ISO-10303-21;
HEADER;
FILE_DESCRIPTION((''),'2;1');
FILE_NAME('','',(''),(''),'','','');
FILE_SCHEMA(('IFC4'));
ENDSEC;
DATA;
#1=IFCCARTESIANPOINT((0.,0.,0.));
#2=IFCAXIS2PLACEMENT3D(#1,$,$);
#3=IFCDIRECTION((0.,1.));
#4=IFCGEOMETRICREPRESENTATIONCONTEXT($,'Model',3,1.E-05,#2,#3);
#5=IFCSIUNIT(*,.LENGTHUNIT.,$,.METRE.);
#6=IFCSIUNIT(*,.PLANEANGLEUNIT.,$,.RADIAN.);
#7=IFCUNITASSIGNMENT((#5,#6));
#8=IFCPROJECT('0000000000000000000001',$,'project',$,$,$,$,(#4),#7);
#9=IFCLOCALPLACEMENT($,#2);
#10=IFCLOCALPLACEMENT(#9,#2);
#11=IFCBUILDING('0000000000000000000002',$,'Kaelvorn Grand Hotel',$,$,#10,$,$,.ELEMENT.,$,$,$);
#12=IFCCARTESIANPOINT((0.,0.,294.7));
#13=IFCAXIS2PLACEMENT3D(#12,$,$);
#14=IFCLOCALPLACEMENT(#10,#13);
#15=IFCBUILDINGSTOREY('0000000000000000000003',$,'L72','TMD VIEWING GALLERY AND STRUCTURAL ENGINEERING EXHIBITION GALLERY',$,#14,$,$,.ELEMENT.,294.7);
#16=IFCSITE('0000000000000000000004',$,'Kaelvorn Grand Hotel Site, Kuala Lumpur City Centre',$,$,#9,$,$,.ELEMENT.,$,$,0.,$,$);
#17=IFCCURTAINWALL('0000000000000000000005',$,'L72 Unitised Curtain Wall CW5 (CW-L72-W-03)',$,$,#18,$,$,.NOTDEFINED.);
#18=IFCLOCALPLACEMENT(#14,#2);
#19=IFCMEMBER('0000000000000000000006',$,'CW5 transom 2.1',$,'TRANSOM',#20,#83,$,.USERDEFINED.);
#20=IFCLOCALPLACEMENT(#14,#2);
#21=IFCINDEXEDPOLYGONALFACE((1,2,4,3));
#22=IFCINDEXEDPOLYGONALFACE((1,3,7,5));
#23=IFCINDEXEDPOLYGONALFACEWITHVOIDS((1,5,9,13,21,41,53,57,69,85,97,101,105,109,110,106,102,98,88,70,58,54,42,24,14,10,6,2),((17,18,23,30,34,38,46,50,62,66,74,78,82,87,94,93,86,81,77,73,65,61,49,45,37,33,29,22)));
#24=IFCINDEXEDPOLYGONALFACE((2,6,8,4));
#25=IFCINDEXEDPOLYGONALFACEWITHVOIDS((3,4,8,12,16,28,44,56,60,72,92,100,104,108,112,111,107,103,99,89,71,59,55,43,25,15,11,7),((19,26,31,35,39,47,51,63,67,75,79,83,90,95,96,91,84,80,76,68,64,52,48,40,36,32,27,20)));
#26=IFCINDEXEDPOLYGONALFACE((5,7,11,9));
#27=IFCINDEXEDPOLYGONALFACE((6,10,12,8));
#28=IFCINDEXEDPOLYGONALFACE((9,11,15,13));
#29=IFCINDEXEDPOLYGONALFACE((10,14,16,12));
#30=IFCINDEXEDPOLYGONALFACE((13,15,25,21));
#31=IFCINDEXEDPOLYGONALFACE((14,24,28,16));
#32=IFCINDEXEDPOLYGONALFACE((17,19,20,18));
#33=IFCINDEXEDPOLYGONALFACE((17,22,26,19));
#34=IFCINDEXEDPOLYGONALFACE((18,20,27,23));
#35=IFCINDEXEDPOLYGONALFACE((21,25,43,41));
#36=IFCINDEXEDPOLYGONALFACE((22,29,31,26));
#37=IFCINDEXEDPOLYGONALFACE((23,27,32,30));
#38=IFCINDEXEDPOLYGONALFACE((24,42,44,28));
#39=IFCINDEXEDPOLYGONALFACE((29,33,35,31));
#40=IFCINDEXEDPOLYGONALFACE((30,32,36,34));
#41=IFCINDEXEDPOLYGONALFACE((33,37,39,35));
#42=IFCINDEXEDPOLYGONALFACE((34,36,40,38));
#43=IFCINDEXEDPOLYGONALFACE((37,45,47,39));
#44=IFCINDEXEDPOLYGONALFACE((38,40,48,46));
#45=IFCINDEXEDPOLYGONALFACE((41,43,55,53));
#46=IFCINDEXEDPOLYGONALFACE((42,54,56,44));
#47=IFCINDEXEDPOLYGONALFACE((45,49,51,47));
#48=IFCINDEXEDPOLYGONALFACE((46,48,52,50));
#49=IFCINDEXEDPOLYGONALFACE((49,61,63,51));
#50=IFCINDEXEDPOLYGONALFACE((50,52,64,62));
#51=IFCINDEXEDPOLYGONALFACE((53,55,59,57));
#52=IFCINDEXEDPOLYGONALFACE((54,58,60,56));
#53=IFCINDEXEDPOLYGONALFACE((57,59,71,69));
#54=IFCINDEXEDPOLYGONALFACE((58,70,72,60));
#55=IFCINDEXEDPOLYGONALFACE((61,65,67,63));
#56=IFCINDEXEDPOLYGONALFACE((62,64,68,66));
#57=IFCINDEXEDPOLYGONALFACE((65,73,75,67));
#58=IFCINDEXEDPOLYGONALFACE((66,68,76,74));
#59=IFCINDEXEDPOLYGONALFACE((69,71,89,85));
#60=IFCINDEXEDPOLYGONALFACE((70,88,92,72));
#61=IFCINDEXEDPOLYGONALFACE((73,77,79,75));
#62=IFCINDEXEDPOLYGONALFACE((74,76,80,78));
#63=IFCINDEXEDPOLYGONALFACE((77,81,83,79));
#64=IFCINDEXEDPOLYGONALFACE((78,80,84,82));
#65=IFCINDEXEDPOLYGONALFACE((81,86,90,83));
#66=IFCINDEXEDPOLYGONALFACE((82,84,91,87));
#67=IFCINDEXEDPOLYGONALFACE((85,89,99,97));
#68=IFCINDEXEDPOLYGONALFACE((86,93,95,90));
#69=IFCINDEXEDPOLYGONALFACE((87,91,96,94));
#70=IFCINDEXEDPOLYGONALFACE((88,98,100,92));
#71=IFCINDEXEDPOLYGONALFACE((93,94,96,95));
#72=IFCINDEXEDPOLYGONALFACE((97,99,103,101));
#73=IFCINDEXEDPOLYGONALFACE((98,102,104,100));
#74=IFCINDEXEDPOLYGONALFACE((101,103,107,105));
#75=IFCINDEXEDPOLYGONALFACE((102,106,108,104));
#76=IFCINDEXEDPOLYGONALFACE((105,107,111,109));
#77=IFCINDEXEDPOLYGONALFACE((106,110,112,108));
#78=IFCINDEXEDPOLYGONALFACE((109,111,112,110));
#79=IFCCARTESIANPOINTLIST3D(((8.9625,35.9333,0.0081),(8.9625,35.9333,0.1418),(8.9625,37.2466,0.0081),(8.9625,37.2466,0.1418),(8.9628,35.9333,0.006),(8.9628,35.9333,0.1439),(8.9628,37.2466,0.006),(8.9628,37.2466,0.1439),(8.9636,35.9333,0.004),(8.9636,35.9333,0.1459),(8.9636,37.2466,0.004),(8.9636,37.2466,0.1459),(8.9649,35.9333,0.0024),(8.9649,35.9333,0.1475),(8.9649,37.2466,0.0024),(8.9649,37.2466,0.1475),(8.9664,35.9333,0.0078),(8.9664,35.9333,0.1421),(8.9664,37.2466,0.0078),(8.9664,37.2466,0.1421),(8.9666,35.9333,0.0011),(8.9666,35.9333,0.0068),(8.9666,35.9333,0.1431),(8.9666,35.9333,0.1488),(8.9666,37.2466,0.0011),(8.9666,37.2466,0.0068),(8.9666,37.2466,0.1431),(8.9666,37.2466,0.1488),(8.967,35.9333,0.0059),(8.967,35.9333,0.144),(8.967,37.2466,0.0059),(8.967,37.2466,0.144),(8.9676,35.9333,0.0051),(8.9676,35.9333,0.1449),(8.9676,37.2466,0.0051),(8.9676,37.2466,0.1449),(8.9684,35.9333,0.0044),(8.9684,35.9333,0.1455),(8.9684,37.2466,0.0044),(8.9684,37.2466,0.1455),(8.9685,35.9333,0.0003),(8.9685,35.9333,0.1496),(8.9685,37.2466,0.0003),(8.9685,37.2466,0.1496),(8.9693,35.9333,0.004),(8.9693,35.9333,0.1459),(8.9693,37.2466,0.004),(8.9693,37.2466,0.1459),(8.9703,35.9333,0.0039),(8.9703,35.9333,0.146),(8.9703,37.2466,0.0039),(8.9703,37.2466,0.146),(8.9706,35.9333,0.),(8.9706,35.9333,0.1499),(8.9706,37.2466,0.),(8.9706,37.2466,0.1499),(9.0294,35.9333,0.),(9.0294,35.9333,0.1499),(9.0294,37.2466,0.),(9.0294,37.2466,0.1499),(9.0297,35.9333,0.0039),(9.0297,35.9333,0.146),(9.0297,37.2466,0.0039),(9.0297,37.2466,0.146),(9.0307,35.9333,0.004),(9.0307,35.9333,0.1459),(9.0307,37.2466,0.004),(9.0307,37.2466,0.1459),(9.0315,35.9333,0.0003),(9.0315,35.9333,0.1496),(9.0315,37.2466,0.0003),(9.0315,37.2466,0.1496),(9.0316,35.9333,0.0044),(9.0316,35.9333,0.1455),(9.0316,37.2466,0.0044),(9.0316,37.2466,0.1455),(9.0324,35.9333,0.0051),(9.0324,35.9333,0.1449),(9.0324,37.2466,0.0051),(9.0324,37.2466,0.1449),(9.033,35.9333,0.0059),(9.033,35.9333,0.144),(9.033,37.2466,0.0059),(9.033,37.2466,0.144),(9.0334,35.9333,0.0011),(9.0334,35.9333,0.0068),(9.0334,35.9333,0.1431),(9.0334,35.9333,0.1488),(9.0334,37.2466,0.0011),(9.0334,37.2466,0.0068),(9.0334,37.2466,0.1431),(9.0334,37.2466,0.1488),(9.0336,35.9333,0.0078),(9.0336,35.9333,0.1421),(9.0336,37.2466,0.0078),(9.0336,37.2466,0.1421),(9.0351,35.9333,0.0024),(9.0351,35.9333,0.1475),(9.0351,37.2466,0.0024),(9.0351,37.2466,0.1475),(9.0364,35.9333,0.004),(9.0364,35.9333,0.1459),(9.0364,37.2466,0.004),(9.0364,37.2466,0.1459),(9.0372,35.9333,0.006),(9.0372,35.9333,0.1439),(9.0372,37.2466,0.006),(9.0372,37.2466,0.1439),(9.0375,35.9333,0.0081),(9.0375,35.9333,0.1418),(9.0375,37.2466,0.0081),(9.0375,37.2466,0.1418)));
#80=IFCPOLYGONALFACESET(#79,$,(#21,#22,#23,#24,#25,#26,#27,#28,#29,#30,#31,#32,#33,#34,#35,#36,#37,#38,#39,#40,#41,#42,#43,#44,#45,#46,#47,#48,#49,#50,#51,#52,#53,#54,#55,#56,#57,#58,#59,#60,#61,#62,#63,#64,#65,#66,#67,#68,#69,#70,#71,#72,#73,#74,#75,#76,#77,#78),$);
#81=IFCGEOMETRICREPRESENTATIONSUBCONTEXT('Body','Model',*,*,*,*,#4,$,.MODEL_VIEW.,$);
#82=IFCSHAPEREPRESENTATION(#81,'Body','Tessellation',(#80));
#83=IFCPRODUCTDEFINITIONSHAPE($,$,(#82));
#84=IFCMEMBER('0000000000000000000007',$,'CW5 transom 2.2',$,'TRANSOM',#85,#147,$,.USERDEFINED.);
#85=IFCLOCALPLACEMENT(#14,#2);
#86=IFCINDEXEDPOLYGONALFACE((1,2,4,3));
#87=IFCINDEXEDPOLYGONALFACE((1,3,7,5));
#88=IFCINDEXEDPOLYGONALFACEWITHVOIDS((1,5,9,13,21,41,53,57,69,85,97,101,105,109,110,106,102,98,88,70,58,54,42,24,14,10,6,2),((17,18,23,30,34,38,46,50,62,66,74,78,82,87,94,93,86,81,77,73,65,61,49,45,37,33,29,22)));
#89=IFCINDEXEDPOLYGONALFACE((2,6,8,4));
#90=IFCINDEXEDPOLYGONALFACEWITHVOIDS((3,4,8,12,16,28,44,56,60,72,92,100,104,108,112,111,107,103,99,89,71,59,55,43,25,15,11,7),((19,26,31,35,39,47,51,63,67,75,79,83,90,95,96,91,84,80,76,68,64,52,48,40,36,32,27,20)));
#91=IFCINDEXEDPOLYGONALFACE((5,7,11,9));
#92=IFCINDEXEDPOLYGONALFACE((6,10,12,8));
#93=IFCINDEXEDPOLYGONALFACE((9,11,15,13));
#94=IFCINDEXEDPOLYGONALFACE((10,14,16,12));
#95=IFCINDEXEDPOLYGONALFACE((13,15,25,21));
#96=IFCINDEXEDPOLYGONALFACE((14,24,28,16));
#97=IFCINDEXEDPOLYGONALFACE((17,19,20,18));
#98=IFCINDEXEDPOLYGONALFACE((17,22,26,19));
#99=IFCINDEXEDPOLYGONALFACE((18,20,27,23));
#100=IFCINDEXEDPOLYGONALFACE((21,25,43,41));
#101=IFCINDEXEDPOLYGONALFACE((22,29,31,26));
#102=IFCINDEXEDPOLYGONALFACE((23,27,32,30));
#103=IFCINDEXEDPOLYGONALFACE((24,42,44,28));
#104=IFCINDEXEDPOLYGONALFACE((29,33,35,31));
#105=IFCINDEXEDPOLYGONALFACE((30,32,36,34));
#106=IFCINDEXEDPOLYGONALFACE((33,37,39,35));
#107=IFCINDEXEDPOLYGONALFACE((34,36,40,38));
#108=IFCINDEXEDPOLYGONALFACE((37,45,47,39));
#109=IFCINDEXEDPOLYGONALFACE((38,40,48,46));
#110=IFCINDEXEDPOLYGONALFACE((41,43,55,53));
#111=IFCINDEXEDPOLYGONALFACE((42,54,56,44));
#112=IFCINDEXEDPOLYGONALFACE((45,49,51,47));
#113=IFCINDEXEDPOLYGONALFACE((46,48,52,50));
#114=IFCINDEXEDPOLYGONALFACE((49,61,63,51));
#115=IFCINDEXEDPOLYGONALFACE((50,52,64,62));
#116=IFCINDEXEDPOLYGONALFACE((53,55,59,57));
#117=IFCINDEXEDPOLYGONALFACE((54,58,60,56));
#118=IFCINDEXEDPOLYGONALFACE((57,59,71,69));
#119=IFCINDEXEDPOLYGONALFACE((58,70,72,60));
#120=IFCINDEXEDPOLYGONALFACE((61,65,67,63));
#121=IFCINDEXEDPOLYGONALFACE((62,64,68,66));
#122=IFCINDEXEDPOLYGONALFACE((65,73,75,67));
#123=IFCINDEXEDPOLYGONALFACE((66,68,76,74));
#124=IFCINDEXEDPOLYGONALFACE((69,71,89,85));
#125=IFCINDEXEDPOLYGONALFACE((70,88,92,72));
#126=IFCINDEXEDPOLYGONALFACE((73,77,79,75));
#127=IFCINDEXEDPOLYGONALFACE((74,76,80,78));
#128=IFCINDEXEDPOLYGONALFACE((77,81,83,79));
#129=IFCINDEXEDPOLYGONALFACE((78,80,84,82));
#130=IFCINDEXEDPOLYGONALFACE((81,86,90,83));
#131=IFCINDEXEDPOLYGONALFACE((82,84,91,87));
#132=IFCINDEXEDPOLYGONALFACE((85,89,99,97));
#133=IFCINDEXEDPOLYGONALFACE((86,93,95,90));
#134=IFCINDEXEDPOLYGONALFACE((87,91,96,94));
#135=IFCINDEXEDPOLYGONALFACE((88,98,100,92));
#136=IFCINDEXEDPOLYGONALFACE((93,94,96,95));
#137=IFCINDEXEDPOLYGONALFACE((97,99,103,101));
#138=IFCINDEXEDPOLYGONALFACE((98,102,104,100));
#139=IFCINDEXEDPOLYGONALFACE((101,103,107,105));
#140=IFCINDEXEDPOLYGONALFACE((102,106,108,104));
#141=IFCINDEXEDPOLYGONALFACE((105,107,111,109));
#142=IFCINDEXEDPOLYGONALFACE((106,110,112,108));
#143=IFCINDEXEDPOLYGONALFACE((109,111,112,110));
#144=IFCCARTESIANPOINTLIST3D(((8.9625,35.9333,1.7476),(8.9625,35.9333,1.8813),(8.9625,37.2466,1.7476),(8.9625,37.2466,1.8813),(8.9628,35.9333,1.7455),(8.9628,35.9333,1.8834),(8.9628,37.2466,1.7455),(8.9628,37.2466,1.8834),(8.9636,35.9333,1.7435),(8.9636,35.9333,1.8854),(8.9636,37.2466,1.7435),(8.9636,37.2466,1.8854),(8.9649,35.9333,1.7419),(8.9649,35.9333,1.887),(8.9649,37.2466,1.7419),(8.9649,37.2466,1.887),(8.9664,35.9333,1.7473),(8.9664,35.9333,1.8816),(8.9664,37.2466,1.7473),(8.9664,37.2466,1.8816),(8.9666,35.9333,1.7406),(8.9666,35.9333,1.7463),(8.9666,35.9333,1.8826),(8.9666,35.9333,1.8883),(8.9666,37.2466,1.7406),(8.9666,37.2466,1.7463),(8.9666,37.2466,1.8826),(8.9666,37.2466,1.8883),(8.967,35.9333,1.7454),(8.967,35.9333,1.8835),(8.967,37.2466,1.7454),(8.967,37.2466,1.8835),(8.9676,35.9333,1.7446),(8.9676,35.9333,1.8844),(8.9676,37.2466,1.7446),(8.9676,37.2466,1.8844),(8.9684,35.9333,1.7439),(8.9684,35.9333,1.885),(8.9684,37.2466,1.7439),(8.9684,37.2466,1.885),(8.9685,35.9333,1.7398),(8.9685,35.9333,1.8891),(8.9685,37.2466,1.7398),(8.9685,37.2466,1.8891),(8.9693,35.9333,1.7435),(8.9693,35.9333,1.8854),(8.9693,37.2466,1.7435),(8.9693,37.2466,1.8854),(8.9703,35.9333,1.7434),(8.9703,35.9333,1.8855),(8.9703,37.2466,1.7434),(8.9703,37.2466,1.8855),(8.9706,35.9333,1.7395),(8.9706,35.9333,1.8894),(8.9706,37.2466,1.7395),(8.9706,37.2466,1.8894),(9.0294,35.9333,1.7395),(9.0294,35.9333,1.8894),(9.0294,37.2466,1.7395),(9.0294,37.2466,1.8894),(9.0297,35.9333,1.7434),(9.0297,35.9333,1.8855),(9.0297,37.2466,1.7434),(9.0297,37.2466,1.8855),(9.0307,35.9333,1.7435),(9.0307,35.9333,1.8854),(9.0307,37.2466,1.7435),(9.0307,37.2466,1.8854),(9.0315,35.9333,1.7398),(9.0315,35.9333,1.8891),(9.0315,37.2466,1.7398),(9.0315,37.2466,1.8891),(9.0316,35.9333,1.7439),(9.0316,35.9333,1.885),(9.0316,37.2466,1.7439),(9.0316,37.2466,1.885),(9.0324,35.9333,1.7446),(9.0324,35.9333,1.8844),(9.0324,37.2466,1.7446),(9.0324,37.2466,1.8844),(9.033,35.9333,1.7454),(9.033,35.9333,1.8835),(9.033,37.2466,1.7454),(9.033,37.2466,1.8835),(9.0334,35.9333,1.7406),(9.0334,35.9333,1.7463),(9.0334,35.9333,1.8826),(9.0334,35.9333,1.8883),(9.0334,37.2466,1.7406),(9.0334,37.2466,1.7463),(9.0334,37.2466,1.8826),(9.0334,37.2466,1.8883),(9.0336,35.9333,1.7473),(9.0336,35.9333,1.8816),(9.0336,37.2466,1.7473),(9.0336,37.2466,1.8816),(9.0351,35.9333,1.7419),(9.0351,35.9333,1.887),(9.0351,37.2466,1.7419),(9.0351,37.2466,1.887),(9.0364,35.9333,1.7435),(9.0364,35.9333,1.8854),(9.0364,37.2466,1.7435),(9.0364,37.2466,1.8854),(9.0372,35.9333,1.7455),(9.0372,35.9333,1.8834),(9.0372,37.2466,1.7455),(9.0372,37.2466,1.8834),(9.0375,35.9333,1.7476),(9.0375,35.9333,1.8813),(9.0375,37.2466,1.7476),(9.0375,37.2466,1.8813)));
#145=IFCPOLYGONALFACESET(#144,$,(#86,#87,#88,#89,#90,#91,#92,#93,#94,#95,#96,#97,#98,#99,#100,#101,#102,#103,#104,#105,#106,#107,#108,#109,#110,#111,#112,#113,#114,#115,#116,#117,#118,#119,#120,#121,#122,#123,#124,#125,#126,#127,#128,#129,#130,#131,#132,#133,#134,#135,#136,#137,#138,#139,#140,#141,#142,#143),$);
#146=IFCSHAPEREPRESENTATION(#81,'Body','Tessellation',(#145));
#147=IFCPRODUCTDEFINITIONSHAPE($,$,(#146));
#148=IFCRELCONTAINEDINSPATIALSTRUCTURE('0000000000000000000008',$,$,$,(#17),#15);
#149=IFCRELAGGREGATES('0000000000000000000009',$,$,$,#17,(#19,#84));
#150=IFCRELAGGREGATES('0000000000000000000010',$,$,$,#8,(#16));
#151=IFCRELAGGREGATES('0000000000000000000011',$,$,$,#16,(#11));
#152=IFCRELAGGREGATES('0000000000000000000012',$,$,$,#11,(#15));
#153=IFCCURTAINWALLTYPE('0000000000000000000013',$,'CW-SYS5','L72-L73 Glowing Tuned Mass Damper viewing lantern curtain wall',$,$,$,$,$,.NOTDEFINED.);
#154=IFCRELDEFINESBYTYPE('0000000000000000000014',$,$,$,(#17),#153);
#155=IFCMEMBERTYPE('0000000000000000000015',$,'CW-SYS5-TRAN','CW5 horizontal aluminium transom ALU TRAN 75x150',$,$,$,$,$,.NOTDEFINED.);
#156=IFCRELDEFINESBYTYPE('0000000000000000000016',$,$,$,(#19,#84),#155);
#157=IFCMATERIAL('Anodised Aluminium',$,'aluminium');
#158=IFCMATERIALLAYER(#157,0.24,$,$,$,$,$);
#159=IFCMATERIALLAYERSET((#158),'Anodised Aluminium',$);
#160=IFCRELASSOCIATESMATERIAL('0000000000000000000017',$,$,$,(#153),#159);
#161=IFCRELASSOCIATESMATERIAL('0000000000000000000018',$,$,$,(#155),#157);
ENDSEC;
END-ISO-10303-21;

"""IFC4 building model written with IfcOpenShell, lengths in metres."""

from ifc_helpers import new_model, si_unit, direction, frame, origin, origin_2d, place, context, subcontext, project, spatial, hollow_rectangle, extrude, material, layer, layer_set, material_profile, profile_set, type_object, element, aggregate, save


model = new_model("IFC4")

# Units and contexts
model_context = context("Model", 3, precision=1e-05, world=origin(), true_north=direction((0.0, 1.0)))
body_context = subcontext(model_context, "Body", "Model", "MODEL_VIEW")
ifc_project = project(units=[si_unit("LENGTHUNIT", "METRE"), si_unit("PLANEANGLEUNIT", "RADIAN")], contexts=[model_context])

# Site, building, storey
site_placement = place(None, origin())
site = spatial("IfcSite", under=ifc_project, at=site_placement, Name="Kaelvorn Grand Hotel Site, Kuala Lumpur City Centre", CompositionType="ELEMENT", RefElevation=0.0)
building_placement = place(site_placement, origin())
building = spatial("IfcBuilding", under=site, at=building_placement, Name="Kaelvorn Grand Hotel", CompositionType="ELEMENT")
storey_placement = place(building_placement, frame((0.0, 0.0, 294.7)))
storey = spatial("IfcBuildingStorey", under=building, at=storey_placement, Name="L72", Description="TMD VIEWING GALLERY AND STRUCTURAL ENGINEERING EXHIBITION GALLERY", CompositionType="ELEMENT", Elevation=294.7)

# Curtain wall
ifc_material_1 = material(Name="Anodised Aluminium", Category="aluminium")
ifc_layer_1 = layer(ifc_material_1, 0.24)
ifc_layer_set_1 = layer_set([ifc_layer_1], Name="Anodised Aluminium")
curtain_wall_type = type_object("IfcCurtainWallType", Name="CW-SYS5", Description="L72-L73 Glowing Tuned Mass Damper viewing lantern curtain wall", PredefinedType="NOTDEFINED", material=ifc_layer_set_1)
curtain_wall_1_placement = place(storey_placement, origin())
curtain_wall_1 = element("IfcCurtainWall", 1, at=curtain_wall_1_placement, inside=storey, type_object=curtain_wall_type, Name="L72 Unitised Curtain Wall CW5 (CW-L72-W-03)", PredefinedType="NOTDEFINED")

# Members
ifc_material_profile_1 = material_profile(ifc_material_1, hollow_rectangle(XDim=0.075, YDim=0.1499, WallThickness=0.0039, InnerFilletRadius=0.0039, OuterFilletRadius=0.0081, at=origin_2d()), Name="ALU TRAN 75x150")
ifc_profile_set_1 = profile_set([ifc_material_profile_1], Name="Anodised Aluminium")
member_type_1 = type_object("IfcMemberType", Name="CW-SYS5-TRAN", Description="CW5 horizontal aluminium transom ALU TRAN 75x150", PredefinedType="NOTDEFINED", material=ifc_profile_set_1)
member_1_placement = place(storey_placement, frame((9.0, 37.2466, 0.075), z_axis=(0.0, -1.0, 0.0), x_axis=(1.0, 0.0, 0.0)))
member_1 = element("IfcMember", 2, at=member_1_placement, type_object=member_type_1, Name="CW5 transom 2.1", ObjectType="TRANSOM", PredefinedType="USERDEFINED", context=body_context, shape_type="SweptSolid", body=[
    extrude(hollow_rectangle(XDim=0.075, YDim=0.1499, WallThickness=0.0039, InnerFilletRadius=0.0039, OuterFilletRadius=0.0081, at=origin_2d()), origin(), (0.0, 0.0, 1.0), 1.3132),
])
member_2_placement = place(storey_placement, frame((9.0, 37.2466, 1.8145), z_axis=(0.0, -1.0, 0.0), x_axis=(1.0, 0.0, 0.0)))
member_2 = element("IfcMember", 3, at=member_2_placement, type_object=member_type_1, Name="CW5 transom 2.2", ObjectType="TRANSOM", PredefinedType="USERDEFINED", context=body_context, shape_type="SweptSolid", body=[
    extrude(hollow_rectangle(XDim=0.075, YDim=0.1499, WallThickness=0.0039, InnerFilletRadius=0.0039, OuterFilletRadius=0.0081, at=origin_2d()), origin(), (0.0, 0.0, 1.0), 1.3132),
])

aggregate(curtain_wall_1, [member_1, member_2])

save(model, "model.ifc")
